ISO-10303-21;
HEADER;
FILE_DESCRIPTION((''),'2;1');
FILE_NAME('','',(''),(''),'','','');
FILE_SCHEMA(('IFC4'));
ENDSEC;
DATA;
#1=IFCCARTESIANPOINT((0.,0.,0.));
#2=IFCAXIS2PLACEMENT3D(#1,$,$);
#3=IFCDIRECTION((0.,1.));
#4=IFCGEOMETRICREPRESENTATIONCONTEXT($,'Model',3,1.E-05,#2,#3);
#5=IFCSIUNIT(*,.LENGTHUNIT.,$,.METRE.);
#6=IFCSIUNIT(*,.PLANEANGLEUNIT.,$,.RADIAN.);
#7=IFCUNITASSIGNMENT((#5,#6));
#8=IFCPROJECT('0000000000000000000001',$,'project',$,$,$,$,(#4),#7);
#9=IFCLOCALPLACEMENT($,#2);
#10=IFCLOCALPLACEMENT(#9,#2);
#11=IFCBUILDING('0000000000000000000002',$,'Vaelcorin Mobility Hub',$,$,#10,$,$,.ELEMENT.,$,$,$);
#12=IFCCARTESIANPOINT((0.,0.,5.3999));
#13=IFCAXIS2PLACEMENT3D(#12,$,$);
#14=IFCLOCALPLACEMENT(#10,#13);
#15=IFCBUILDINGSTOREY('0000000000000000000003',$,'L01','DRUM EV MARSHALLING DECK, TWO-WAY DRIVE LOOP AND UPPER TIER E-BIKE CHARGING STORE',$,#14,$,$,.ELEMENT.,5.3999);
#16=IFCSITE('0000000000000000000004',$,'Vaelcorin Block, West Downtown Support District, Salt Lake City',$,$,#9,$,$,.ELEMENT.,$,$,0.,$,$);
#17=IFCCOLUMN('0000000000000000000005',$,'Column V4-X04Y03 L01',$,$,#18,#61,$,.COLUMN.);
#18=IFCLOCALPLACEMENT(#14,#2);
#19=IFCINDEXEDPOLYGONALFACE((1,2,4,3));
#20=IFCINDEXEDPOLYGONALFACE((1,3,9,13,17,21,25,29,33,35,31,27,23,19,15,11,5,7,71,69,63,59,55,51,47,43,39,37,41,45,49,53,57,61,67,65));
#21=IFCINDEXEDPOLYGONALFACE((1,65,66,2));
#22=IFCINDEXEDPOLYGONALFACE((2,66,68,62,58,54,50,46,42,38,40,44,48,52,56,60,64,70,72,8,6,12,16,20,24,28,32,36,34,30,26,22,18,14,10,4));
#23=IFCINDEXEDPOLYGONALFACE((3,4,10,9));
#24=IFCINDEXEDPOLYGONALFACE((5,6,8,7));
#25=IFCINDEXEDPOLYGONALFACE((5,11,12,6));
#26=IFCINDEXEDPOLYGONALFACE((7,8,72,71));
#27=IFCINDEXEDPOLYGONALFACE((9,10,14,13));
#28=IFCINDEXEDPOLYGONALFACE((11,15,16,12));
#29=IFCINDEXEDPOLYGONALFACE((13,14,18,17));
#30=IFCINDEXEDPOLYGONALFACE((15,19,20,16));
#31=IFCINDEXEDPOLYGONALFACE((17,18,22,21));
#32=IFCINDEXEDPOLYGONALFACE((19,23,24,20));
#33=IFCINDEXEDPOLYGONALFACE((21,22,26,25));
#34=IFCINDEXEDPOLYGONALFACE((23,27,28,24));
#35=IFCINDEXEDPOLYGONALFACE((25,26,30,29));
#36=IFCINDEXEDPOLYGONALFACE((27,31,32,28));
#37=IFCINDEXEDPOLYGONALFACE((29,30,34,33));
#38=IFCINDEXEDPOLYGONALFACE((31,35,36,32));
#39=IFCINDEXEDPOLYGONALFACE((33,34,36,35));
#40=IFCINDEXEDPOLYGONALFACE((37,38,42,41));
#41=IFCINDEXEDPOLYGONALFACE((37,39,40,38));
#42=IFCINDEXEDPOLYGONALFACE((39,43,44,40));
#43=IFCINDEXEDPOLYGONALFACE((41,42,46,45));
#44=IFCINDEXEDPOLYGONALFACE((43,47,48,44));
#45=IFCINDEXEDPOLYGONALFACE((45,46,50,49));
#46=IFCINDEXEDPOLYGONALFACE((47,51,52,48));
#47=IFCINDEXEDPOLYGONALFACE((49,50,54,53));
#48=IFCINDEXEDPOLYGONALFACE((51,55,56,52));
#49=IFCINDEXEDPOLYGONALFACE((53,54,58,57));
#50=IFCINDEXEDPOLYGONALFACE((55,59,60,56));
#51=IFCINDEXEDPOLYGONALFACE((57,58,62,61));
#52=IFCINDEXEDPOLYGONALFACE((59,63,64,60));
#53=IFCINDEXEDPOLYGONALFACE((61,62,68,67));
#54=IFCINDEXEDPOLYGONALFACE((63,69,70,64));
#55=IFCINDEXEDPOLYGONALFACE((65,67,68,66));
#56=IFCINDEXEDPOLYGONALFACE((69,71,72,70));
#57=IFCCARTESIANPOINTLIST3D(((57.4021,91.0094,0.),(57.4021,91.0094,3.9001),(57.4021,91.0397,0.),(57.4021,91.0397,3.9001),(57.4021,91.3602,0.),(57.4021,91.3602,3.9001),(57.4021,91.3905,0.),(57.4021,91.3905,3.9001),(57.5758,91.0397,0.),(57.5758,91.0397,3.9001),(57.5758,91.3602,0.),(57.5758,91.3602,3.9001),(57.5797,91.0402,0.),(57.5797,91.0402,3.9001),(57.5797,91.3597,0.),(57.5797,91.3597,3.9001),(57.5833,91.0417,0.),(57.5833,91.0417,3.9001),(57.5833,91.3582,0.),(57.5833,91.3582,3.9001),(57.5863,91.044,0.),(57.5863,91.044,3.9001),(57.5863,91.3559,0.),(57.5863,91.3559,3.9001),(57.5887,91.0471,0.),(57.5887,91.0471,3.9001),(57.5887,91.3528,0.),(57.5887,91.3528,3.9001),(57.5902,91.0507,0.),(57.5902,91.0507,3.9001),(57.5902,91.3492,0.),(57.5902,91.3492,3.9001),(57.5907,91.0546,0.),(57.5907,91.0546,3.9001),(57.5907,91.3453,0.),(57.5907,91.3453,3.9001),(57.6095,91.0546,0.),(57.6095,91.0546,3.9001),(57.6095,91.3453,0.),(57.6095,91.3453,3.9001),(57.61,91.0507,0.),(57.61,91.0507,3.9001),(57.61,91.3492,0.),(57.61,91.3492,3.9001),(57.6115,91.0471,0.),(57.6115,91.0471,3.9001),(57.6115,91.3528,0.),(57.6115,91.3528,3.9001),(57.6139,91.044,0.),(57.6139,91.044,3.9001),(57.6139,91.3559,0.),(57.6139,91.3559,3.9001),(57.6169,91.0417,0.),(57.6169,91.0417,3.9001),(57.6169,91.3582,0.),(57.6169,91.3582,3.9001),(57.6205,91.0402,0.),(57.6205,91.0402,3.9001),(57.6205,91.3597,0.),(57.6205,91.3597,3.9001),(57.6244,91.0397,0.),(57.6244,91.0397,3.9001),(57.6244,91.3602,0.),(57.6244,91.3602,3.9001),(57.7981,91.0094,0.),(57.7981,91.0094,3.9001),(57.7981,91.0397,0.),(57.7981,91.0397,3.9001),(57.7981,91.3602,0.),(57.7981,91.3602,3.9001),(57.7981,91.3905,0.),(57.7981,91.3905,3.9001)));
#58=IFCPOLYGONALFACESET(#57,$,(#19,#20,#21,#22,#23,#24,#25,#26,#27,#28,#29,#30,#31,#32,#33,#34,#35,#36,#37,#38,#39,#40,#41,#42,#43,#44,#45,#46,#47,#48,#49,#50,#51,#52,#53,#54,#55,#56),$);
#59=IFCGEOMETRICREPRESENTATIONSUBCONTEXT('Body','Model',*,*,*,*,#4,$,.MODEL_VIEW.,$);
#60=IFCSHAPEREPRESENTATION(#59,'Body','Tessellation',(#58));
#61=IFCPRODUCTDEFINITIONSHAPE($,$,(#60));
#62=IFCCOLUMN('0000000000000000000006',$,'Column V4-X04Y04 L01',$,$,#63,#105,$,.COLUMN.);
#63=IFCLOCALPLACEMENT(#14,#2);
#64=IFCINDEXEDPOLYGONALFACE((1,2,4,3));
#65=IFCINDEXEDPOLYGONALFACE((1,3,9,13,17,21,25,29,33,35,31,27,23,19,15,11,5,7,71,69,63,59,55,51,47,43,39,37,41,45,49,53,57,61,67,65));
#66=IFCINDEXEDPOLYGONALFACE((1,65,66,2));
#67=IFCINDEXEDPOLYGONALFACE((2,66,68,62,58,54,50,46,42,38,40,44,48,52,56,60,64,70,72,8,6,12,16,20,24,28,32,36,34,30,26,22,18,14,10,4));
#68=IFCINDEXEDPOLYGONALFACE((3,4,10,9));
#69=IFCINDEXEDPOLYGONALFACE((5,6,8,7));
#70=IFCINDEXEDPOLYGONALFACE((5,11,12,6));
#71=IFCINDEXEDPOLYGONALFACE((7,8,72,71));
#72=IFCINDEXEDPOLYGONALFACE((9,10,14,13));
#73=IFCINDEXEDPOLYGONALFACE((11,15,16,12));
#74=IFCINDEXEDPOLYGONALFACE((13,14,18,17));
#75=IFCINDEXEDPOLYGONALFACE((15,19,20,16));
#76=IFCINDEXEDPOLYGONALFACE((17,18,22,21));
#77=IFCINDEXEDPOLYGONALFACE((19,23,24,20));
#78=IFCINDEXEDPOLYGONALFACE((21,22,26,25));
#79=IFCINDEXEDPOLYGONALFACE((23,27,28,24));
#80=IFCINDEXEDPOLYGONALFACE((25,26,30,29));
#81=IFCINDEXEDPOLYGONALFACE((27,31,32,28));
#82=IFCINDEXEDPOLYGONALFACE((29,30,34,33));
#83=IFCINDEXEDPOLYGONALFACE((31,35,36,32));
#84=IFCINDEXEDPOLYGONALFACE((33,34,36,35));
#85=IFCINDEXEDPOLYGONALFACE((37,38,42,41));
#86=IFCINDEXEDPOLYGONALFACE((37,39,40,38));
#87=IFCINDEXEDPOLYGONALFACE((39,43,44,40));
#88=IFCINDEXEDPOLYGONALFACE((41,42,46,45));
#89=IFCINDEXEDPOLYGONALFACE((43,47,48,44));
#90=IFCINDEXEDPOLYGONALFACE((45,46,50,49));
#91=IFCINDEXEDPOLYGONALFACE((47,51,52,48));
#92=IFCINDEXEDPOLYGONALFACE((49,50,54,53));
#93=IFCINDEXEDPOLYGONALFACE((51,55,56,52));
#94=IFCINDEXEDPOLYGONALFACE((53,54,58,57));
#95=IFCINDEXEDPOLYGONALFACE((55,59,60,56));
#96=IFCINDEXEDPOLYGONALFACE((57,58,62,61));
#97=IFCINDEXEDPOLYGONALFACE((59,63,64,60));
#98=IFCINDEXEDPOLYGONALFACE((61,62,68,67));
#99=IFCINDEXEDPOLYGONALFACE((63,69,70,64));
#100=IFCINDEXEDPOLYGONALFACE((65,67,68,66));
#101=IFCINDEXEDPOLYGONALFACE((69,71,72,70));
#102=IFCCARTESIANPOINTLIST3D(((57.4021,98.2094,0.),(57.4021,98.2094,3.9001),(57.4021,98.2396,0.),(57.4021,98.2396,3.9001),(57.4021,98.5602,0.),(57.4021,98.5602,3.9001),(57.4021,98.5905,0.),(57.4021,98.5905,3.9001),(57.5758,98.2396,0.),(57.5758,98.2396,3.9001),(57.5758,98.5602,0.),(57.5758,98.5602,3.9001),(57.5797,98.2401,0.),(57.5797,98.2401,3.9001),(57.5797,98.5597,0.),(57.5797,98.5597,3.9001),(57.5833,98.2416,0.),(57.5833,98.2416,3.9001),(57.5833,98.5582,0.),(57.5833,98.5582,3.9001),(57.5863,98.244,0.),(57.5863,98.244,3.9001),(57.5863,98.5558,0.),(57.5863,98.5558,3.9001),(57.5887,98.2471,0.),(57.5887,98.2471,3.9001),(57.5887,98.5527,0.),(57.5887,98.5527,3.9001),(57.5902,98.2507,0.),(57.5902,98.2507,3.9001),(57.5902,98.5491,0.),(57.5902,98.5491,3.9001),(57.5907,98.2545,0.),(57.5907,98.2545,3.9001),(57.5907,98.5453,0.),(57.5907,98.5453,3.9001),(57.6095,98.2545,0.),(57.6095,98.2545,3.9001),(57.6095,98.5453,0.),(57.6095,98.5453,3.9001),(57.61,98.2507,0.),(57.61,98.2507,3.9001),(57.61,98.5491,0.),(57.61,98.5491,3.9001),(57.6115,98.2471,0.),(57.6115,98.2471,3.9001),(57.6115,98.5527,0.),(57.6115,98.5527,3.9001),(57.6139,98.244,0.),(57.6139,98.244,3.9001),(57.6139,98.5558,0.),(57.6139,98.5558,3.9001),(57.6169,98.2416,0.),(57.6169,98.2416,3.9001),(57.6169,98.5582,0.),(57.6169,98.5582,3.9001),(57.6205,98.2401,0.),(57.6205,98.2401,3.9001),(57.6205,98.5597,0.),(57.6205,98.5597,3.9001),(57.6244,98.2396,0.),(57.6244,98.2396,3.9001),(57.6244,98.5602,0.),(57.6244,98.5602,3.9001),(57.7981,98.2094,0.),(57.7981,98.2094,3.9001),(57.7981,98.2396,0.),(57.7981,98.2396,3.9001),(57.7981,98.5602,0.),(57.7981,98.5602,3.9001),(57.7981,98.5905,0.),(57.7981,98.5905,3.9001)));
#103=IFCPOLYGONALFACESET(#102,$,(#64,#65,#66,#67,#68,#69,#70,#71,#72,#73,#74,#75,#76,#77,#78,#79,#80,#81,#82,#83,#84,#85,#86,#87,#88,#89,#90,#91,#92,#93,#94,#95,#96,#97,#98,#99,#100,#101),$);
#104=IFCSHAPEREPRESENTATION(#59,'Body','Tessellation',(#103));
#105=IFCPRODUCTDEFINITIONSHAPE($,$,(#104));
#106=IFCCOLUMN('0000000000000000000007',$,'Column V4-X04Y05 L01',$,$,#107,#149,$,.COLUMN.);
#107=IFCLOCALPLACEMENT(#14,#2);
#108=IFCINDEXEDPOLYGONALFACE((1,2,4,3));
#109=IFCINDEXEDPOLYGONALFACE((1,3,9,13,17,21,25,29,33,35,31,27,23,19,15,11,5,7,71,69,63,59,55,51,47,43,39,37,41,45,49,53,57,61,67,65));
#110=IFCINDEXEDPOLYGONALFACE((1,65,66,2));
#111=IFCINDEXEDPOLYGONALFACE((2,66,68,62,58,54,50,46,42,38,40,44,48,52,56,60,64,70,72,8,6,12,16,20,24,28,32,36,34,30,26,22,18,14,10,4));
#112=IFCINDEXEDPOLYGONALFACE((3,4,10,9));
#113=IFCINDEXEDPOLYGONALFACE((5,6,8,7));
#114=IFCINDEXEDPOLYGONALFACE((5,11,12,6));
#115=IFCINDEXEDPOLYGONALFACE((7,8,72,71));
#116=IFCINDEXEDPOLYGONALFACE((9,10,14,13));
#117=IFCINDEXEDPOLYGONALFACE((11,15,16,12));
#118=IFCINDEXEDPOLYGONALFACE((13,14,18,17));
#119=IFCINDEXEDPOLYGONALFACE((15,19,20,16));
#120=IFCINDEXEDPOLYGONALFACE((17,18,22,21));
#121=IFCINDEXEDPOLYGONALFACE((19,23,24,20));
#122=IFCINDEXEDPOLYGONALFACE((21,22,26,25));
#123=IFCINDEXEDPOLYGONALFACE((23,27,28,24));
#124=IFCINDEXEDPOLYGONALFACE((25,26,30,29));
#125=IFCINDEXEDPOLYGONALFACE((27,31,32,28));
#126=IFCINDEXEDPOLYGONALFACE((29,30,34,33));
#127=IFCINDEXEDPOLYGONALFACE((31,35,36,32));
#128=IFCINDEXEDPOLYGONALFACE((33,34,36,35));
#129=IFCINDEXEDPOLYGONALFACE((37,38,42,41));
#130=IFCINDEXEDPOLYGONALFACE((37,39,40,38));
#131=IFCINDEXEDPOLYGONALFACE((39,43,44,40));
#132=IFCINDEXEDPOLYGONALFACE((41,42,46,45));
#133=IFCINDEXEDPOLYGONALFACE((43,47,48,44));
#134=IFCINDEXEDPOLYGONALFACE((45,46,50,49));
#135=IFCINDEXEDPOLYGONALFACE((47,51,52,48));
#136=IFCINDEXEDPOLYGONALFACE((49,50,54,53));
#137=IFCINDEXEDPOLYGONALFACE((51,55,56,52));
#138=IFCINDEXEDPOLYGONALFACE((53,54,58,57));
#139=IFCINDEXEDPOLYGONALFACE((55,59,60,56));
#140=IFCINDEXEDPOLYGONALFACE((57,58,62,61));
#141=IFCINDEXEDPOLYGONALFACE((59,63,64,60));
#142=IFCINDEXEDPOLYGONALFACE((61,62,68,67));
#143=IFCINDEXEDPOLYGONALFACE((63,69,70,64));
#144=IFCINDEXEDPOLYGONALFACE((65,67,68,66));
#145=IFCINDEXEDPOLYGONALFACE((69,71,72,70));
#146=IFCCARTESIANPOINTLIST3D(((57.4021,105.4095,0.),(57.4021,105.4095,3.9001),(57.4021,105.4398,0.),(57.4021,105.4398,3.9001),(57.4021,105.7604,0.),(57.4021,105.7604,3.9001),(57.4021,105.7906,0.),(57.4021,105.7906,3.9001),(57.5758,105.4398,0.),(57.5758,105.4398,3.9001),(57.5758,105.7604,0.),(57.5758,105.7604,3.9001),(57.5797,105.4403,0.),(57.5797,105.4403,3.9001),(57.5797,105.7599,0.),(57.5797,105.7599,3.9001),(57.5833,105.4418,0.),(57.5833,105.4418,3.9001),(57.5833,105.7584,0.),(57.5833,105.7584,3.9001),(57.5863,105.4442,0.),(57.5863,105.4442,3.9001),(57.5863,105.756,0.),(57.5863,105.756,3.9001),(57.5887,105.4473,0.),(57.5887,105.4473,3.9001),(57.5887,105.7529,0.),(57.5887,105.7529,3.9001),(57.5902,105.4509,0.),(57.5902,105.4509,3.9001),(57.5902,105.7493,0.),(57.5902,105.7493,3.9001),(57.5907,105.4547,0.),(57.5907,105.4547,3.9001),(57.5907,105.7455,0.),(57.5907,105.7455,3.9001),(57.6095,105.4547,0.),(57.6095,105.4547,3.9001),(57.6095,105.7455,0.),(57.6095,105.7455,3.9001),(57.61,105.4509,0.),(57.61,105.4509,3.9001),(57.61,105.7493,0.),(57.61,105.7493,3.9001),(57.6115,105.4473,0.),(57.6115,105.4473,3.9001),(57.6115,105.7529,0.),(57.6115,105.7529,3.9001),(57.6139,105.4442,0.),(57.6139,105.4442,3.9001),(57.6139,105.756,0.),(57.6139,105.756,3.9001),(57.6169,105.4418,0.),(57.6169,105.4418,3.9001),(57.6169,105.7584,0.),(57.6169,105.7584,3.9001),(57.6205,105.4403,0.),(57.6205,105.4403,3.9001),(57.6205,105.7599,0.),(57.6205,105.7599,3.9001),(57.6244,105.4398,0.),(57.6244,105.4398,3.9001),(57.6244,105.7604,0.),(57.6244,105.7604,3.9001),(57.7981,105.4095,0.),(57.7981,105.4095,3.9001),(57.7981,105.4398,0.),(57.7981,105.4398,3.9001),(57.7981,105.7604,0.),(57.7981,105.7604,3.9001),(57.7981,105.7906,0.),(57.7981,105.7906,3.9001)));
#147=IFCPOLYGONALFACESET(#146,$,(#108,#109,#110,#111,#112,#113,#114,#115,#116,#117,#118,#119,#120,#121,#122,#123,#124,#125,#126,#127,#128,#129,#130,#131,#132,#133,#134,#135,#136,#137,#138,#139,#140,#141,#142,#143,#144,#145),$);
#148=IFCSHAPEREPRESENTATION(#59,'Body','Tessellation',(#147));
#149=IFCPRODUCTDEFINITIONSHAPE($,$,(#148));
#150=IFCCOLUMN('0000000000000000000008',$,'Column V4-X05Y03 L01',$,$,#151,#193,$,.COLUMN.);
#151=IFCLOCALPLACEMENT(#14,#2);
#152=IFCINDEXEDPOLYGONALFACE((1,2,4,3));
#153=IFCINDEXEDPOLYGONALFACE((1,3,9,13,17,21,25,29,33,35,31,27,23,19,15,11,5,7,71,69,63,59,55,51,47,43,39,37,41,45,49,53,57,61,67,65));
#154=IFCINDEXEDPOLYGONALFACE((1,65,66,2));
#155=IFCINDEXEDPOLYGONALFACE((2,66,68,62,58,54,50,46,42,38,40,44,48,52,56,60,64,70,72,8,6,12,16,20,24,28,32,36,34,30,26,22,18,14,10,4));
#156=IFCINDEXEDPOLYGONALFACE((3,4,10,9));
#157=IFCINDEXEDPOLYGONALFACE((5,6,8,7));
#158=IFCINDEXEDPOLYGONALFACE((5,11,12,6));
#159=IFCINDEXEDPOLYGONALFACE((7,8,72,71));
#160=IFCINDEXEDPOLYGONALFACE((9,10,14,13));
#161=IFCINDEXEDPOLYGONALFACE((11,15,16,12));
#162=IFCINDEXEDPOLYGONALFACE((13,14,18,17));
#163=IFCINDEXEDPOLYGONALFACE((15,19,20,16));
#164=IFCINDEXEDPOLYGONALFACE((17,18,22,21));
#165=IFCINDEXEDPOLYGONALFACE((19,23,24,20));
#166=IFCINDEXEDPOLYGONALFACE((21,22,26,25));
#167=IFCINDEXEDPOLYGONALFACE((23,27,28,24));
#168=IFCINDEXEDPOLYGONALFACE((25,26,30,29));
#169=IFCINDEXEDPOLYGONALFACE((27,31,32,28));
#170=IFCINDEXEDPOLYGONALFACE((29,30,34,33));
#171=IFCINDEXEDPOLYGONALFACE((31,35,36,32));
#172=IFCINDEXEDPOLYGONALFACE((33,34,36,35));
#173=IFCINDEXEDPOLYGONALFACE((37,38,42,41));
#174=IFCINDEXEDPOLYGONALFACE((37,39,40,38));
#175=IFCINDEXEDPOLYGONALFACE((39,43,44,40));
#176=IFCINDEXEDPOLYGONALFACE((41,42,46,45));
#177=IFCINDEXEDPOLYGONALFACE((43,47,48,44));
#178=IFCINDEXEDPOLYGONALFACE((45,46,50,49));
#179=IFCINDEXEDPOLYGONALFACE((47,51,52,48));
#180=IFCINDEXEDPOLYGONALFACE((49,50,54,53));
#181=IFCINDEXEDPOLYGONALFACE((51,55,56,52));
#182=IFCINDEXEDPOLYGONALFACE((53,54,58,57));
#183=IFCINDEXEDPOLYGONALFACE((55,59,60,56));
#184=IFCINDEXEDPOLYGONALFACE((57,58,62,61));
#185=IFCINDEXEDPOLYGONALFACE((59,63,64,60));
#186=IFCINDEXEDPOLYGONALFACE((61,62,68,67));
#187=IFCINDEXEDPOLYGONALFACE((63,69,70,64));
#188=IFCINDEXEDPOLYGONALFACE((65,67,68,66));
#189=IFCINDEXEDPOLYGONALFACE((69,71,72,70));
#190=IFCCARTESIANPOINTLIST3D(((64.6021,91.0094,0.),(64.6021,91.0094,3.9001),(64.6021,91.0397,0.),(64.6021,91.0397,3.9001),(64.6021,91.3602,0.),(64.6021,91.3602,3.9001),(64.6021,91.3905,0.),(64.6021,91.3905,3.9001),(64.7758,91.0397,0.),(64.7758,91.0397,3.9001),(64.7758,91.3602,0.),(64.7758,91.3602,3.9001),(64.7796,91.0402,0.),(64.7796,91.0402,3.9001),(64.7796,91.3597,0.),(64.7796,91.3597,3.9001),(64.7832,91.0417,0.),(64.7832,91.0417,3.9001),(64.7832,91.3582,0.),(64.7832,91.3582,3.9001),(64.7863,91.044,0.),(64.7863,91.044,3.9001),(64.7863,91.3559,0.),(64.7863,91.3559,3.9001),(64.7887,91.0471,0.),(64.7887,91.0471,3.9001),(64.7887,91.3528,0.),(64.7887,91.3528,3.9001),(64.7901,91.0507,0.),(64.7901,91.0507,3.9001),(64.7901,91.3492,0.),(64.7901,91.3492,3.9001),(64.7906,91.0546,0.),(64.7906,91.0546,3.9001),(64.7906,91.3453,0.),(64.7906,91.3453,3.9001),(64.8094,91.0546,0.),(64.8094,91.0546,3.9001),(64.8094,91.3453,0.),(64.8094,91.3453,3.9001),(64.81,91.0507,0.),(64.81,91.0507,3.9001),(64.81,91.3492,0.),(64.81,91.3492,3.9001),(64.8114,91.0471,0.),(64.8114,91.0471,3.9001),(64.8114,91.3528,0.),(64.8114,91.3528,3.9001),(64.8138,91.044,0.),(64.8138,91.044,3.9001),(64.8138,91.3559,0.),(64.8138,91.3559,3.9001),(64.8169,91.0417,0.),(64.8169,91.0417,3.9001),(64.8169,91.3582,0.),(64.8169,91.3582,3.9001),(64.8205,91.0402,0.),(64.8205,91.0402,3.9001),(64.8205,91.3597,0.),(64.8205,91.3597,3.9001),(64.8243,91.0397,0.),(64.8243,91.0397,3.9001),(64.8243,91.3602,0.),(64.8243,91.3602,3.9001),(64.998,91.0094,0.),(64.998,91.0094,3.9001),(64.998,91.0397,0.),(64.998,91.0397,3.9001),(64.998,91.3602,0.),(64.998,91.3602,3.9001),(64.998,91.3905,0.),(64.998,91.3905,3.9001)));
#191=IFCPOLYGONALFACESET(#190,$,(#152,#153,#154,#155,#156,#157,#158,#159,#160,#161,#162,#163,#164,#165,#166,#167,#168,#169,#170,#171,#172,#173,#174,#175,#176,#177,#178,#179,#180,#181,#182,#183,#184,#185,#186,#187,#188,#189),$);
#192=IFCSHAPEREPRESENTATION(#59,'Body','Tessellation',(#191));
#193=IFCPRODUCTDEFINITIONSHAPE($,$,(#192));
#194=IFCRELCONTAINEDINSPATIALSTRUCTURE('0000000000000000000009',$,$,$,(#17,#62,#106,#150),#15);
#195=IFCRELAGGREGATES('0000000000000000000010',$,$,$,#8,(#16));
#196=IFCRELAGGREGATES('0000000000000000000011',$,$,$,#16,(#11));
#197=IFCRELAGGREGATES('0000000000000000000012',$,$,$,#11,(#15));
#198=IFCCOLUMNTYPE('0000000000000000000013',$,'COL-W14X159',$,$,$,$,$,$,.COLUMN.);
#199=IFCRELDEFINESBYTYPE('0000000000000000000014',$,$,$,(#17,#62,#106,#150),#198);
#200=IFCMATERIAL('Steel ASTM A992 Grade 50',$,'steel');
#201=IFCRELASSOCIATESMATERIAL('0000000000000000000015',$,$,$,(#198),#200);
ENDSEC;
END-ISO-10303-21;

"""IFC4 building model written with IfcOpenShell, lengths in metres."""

from ifc_helpers import new_model, si_unit, direction, frame, origin, origin_2d, place, context, subcontext, project, spatial, i_section, extrude, material, material_profile, profile_set, type_object, element, save


model = new_model("IFC4")

# Units and contexts
model_context = context("Model", 3, precision=1e-05, world=origin(), true_north=direction((0.0, 1.0)))
body_context = subcontext(model_context, "Body", "Model", "MODEL_VIEW")
ifc_project = project(units=[si_unit("LENGTHUNIT", "METRE"), si_unit("PLANEANGLEUNIT", "RADIAN")], contexts=[model_context])

# Site, building, storey
site_placement = place(None, origin())
site = spatial("IfcSite", under=ifc_project, at=site_placement, Name="Vaelcorin Block, West Downtown Support District, Salt Lake City", CompositionType="ELEMENT", RefElevation=0.0)
building_placement = place(site_placement, origin())
building = spatial("IfcBuilding", under=site, at=building_placement, Name="Vaelcorin Mobility Hub", CompositionType="ELEMENT")
storey_placement = place(building_placement, frame((0.0, 0.0, 5.3999)))
storey = spatial("IfcBuildingStorey", under=building, at=storey_placement, Name="L01", Description="DRUM EV MARSHALLING DECK, TWO-WAY DRIVE LOOP AND UPPER TIER E-BIKE CHARGING STORE", CompositionType="ELEMENT", Elevation=5.3999)

# Columns
ifc_material_1 = material(Name="Steel ASTM A992 Grade 50", Category="steel")
ifc_material_profile_1 = material_profile(ifc_material_1, i_section(OverallWidth=0.396, OverallDepth=0.3811, WebThickness=0.0188, FlangeThickness=0.0303, FilletRadius=0.0149, at=origin_2d()), Name="W14X159")
ifc_profile_set_1 = profile_set([ifc_material_profile_1], Name="Steel ASTM A992 Grade 50")
column_type_1 = type_object("IfcColumnType", Name="COL-W14X159", PredefinedType="COLUMN", material=ifc_profile_set_1)
for number, where, z_axis, x_axis, name in (
    (1, (57.6001, 91.2, 0.0), (0.0, 0.0, 1.0), (1.0, 0.0, 0.0), "Column V4-X04Y03 L01"),
    (2, (57.6001, 98.3999, 0.0), (0.0, 0.0, 1.0), (1.0, 0.0, 0.0), "Column V4-X04Y04 L01"),
    (3, (57.6001, 105.6001, 0.0), (0.0, 0.0, 1.0), (1.0, 0.0, 0.0), "Column V4-X04Y05 L01"),
    (4, (64.8, 91.2, 0.0), (0.0, 0.0, 1.0), (1.0, 0.0, 0.0), "Column V4-X05Y03 L01"),
):
    element("IfcColumn", number, at=place(storey_placement, frame(where, z_axis=z_axis, x_axis=x_axis)), inside=storey, type_object=column_type_1, Name=name, PredefinedType="COLUMN", context=body_context, shape_type="SweptSolid", body=[
        extrude(i_section(OverallWidth=0.396, OverallDepth=0.3811, WebThickness=0.0188, FlangeThickness=0.0303, FilletRadius=0.0149, at=origin_2d()), origin(), (0.0, 0.0, 1.0), 3.9001),
    ])

save(model, "model.ifc")
